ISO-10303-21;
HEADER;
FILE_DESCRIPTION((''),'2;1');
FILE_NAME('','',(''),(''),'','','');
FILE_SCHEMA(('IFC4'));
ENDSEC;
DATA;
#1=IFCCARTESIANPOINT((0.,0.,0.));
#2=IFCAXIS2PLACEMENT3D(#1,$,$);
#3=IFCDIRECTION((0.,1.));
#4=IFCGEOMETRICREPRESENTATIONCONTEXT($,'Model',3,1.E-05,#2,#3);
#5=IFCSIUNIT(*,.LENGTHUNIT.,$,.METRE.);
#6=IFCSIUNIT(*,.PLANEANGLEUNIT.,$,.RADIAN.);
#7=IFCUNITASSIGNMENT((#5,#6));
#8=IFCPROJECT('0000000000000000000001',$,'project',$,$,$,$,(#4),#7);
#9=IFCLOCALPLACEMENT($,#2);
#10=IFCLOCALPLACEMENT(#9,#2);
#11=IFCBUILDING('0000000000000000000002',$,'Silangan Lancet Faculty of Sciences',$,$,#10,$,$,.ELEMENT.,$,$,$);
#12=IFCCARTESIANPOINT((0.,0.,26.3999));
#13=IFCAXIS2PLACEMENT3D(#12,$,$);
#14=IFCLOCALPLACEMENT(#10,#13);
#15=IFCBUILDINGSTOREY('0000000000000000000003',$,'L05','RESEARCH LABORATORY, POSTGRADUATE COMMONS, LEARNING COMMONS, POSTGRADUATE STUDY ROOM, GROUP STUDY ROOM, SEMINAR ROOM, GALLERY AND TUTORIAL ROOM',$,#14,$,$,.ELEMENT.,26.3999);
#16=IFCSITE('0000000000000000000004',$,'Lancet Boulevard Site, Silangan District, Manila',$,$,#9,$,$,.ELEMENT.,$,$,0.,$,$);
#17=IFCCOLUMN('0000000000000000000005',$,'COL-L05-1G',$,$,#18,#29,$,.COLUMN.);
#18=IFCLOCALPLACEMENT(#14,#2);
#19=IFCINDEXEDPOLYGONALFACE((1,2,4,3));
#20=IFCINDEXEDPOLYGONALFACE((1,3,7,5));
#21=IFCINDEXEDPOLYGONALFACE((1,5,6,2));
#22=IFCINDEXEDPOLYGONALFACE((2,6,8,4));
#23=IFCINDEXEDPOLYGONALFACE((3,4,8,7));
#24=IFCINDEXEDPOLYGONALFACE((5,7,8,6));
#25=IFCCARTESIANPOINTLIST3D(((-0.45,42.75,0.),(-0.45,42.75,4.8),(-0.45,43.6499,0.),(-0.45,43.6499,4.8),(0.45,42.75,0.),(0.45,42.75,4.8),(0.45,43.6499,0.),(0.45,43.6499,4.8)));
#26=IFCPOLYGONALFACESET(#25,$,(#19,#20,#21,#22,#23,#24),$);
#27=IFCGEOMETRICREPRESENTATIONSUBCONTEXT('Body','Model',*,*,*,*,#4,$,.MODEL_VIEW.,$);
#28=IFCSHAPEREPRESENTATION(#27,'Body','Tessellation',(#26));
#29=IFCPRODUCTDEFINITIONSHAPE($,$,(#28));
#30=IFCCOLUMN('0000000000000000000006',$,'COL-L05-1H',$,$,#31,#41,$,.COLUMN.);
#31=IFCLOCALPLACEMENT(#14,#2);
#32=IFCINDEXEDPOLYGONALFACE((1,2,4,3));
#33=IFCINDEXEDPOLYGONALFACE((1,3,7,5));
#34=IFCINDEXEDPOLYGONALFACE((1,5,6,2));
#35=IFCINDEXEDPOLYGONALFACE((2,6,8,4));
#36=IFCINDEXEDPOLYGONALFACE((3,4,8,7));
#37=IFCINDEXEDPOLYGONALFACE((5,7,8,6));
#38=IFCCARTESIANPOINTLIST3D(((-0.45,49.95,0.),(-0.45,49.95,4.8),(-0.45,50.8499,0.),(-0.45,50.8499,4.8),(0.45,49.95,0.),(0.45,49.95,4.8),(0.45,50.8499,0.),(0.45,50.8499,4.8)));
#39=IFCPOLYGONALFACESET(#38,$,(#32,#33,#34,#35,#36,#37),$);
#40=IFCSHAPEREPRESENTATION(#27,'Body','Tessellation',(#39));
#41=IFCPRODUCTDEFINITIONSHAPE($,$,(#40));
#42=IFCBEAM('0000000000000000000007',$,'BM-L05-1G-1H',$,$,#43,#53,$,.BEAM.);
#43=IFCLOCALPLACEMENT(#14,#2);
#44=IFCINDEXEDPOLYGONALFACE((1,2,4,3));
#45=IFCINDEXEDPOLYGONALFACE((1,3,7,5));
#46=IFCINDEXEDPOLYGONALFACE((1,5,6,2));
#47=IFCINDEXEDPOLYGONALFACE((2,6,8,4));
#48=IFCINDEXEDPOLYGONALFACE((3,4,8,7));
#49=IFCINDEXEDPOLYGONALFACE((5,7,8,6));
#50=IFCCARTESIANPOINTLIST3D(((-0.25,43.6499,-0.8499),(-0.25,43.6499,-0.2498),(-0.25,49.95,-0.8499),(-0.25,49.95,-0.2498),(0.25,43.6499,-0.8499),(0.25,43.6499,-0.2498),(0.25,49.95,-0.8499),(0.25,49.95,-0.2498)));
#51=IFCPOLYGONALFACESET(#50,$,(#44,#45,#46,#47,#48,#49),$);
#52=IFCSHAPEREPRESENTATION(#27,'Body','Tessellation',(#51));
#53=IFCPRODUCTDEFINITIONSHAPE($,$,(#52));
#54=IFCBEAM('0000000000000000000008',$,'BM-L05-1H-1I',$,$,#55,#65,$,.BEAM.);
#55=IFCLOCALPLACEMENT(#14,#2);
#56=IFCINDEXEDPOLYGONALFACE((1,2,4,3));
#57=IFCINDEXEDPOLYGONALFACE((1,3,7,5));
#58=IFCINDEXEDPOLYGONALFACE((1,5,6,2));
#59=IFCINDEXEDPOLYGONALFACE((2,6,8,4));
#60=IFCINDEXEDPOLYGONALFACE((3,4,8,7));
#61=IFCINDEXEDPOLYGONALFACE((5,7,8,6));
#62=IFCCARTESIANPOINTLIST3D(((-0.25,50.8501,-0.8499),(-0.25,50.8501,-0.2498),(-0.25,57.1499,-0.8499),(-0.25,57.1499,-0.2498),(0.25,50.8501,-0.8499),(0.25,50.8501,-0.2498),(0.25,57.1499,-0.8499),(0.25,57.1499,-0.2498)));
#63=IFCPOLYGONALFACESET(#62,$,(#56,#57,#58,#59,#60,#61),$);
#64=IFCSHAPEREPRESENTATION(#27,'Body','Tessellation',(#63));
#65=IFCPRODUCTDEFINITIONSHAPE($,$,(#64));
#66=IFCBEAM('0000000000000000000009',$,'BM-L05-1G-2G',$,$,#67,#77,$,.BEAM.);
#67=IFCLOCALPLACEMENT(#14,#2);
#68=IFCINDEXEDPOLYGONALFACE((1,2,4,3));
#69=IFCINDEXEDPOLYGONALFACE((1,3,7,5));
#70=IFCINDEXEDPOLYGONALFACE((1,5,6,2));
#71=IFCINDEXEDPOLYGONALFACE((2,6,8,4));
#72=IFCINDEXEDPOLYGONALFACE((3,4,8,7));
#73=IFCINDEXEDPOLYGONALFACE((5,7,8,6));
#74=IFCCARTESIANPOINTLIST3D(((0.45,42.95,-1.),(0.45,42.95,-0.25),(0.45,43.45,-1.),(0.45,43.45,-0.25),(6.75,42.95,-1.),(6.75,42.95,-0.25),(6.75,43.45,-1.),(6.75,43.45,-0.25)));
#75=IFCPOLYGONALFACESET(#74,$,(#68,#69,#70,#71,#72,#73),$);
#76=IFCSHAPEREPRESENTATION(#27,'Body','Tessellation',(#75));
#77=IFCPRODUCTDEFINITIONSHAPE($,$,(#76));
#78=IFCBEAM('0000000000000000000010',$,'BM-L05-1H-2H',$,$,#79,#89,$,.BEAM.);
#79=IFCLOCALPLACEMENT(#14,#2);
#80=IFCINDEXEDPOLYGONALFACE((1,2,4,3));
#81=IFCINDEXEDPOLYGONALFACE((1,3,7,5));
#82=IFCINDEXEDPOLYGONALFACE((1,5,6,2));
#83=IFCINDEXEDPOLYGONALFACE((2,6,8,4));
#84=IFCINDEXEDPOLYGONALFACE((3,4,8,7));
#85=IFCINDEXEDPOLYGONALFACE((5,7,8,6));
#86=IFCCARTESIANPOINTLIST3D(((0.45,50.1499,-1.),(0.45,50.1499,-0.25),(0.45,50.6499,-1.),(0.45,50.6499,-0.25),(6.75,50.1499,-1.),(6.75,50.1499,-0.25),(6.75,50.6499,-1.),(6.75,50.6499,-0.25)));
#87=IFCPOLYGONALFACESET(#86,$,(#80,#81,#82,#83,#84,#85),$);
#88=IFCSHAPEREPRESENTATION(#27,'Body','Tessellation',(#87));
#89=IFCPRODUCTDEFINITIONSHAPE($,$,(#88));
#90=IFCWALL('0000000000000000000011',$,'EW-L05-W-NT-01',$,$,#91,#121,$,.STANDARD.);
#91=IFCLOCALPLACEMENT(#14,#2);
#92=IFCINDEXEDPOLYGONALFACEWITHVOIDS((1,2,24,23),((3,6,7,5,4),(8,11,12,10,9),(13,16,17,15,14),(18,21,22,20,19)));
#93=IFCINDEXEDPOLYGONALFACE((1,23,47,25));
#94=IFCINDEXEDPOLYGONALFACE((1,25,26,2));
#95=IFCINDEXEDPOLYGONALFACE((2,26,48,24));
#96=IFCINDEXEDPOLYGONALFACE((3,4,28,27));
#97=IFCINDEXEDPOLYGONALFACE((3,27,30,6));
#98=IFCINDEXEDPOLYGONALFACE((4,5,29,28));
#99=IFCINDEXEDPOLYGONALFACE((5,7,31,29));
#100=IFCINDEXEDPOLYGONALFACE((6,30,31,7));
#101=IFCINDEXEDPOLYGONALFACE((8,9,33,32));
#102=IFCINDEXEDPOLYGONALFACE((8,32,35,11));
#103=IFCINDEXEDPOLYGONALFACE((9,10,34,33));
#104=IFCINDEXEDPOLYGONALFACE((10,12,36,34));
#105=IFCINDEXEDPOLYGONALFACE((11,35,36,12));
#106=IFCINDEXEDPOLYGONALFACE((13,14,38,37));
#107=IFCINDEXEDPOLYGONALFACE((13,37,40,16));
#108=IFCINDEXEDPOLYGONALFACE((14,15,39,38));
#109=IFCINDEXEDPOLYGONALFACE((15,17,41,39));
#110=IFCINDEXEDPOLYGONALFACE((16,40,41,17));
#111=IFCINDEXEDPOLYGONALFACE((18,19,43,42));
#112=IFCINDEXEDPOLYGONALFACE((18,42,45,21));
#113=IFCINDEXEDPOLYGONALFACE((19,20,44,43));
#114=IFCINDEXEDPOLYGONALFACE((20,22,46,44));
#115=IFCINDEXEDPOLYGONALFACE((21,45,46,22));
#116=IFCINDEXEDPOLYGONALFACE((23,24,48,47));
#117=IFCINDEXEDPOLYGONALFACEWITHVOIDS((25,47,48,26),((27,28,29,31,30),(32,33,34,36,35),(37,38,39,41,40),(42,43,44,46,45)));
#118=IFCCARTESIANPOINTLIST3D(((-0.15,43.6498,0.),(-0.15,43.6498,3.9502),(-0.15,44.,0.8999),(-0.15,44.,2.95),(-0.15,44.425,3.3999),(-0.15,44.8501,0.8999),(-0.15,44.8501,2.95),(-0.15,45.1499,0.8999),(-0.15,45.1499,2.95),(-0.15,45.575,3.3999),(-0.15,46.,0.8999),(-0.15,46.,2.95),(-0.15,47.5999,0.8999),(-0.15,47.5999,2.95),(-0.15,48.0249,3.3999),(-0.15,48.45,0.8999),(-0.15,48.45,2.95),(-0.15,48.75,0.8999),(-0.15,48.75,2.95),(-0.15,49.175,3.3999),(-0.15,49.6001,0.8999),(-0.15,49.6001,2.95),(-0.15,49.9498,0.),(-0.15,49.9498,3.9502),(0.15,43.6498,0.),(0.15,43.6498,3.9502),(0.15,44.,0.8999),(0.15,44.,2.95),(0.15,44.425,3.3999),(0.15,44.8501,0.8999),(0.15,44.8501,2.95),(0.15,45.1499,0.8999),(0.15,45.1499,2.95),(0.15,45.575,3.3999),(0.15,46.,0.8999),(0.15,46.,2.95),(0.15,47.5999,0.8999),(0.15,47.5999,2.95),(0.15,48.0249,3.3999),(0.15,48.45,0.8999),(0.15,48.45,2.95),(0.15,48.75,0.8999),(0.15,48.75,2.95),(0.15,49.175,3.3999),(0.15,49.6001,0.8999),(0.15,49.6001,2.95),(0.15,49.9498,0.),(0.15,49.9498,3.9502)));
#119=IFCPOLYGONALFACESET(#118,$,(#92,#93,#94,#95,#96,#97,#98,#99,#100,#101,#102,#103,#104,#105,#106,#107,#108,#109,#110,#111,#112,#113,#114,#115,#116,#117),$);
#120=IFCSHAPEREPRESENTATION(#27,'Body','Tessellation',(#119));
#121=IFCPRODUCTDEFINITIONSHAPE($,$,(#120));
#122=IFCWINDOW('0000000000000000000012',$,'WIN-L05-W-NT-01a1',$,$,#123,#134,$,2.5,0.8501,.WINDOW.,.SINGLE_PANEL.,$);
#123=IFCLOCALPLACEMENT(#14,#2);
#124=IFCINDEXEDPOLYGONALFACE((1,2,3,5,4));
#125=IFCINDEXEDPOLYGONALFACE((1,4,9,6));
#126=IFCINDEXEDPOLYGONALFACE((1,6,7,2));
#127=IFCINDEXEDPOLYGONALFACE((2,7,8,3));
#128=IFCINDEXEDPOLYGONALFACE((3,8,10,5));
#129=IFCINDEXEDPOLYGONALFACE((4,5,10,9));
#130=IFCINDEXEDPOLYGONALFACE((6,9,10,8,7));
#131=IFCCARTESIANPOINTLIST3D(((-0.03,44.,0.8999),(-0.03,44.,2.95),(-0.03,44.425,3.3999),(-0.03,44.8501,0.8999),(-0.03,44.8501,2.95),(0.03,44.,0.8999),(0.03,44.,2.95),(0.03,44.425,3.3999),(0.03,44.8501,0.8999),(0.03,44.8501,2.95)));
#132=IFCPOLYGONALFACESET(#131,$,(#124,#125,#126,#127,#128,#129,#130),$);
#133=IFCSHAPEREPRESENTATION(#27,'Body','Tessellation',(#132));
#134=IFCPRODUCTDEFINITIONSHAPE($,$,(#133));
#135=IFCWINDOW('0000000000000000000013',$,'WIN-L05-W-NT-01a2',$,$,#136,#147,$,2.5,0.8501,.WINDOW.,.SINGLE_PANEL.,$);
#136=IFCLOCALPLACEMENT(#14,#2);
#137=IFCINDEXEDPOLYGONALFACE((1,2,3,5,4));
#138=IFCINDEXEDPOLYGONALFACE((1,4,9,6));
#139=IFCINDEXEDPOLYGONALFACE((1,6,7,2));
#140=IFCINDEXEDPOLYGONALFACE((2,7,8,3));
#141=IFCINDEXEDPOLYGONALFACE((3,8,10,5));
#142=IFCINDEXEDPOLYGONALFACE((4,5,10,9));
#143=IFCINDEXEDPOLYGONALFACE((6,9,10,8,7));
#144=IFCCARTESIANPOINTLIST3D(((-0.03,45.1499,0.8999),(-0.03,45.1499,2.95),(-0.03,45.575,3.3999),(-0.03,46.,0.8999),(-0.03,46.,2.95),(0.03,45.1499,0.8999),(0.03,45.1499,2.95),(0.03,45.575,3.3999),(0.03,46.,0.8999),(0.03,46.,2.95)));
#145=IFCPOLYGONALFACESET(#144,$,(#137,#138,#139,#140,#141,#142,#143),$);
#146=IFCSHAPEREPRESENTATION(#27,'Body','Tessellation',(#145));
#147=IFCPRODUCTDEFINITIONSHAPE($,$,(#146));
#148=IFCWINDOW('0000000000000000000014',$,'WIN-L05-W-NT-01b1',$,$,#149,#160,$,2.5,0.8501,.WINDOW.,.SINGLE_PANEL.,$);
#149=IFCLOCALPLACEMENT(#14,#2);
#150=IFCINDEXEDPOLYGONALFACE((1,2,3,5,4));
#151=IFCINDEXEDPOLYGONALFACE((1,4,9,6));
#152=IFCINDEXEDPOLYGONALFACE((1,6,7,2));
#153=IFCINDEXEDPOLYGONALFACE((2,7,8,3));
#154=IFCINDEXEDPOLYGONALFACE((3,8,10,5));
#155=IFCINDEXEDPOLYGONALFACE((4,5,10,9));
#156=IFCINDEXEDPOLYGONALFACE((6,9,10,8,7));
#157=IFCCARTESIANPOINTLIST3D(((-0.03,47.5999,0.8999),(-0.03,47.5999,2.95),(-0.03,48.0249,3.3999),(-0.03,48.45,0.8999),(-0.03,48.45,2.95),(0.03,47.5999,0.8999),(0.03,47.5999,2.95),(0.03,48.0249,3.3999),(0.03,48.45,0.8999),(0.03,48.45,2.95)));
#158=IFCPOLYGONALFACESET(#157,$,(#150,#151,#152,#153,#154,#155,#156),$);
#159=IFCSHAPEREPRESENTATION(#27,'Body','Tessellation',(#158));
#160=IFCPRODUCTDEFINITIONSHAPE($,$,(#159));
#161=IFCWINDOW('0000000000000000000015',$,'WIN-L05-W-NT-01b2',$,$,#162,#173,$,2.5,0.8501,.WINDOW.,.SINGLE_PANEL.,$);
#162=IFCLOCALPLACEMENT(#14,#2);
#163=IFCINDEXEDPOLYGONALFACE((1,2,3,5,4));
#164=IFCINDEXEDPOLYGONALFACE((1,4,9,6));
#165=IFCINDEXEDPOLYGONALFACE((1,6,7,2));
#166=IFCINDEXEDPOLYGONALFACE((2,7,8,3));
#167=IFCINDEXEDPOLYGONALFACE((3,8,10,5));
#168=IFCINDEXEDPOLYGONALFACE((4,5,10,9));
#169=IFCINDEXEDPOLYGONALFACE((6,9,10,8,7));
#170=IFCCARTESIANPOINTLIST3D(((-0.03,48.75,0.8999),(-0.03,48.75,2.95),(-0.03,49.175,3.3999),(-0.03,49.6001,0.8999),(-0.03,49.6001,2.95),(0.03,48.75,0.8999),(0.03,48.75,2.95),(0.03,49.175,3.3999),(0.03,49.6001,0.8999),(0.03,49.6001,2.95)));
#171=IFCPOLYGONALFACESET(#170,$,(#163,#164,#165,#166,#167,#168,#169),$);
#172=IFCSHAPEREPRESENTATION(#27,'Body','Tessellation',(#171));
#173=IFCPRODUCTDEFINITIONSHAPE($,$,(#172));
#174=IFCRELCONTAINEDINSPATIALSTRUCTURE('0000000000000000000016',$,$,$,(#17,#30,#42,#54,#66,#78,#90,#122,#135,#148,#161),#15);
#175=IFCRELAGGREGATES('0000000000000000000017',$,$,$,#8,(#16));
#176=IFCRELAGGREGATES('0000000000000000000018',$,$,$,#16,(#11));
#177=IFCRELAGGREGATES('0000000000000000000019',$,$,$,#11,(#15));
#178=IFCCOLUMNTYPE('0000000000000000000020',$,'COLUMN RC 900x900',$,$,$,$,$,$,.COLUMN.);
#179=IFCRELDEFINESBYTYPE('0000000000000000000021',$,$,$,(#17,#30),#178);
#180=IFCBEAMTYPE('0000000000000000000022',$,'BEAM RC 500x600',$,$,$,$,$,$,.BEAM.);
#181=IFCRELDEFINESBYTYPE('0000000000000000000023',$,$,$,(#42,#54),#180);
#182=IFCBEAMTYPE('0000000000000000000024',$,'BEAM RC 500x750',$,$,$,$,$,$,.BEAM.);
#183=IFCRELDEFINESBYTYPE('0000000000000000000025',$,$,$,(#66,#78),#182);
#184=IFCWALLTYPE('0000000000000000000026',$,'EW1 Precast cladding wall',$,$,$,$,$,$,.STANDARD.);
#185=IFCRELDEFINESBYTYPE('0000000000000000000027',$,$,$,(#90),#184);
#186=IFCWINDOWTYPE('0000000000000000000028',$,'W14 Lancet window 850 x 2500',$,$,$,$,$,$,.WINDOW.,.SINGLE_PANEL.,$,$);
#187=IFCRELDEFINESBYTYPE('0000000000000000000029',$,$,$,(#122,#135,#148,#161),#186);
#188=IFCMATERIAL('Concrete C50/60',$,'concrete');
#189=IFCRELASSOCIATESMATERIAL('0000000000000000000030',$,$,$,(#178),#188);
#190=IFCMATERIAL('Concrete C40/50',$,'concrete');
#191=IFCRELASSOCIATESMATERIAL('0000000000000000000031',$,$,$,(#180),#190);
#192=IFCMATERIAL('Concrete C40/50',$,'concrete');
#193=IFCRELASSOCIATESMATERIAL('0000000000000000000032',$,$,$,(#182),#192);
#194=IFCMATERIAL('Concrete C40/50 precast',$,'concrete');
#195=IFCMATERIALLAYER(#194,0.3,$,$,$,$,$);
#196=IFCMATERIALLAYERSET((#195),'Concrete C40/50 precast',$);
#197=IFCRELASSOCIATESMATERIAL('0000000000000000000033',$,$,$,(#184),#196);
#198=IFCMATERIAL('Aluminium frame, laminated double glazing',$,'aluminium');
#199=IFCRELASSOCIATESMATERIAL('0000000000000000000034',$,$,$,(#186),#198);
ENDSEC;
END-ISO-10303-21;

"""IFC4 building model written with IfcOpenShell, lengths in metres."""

from ifc_helpers import new_model, si_unit, direction, frame, frame_2d, origin, origin_2d, place, context, subcontext, project, spatial, polyline, rectangle, outline, extrude, material, layer, layer_set, material_profile, profile_set, type_object, element, fill, save


model = new_model("IFC4")

# Units and contexts
model_context = context("Model", 3, precision=1e-05, world=origin(), true_north=direction((0.0, 1.0)))
body_context = subcontext(model_context, "Body", "Model", "MODEL_VIEW")
ifc_project = project(units=[si_unit("LENGTHUNIT", "METRE"), si_unit("PLANEANGLEUNIT", "RADIAN")], contexts=[model_context])

# Site, building, storey
site_placement = place(None, origin())
site = spatial("IfcSite", under=ifc_project, at=site_placement, Name="Lancet Boulevard Site, Silangan District, Manila", CompositionType="ELEMENT", RefElevation=0.0)
building_placement = place(site_placement, origin())
building = spatial("IfcBuilding", under=site, at=building_placement, Name="Silangan Lancet Faculty of Sciences", CompositionType="ELEMENT")
storey_placement = place(building_placement, frame((0.0, 0.0, 26.3999)))
storey = spatial("IfcBuildingStorey", under=building, at=storey_placement, Name="L05", Description="RESEARCH LABORATORY, POSTGRADUATE COMMONS, LEARNING COMMONS, POSTGRADUATE STUDY ROOM, GROUP STUDY ROOM, SEMINAR ROOM, GALLERY AND TUTORIAL ROOM", CompositionType="ELEMENT", Elevation=26.3999)

# Columns
ifc_material_1 = material(Name="Concrete C50/60", Category="concrete")
ifc_material_profile_1 = material_profile(ifc_material_1, rectangle(XDim=0.8999, YDim=0.8999, at=origin_2d()), Name="RC 900x900")
ifc_profile_set_1 = profile_set([ifc_material_profile_1], Name="Concrete C50/60")
column_type = type_object("IfcColumnType", Name="COLUMN RC 900x900", PredefinedType="COLUMN", material=ifc_profile_set_1)
for number, where, z_axis, x_axis, name in (
    (1, (0.0, 43.2, 0.0), (0.0, 0.0, 1.0), (1.0, 0.0, 0.0), "COL-L05-1G"),
    (2, (0.0, 50.3999, 0.0), (0.0, 0.0, 1.0), (1.0, 0.0, 0.0), "COL-L05-1H"),
):
    element("IfcColumn", number, at=place(storey_placement, frame(where, z_axis=z_axis, x_axis=x_axis)), inside=storey, type_object=column_type, Name=name, PredefinedType="COLUMN", context=body_context, shape_type="SweptSolid", body=[
        extrude(rectangle(XDim=0.8999, YDim=0.8999, at=origin_2d()), origin(), (0.0, 0.0, 1.0), 4.8),
    ])

# Beams
ifc_material_2 = material(Name="Concrete C40/50", Category="concrete")
ifc_material_profile_2 = material_profile(ifc_material_2, rectangle(XDim=0.5, YDim=0.6001, at=origin_2d()), Name="RC 500x600")
ifc_profile_set_2 = profile_set([ifc_material_profile_2], Name="Concrete C40/50")
beam_type_1 = type_object("IfcBeamType", Name="BEAM RC 500x600", PredefinedType="BEAM", material=ifc_profile_set_2)
beam_1_placement = place(storey_placement, frame((0.0, 43.6499, -0.5498), z_axis=(0.0, 1.0, 0.0), x_axis=(-1.0, 0.0, 0.0)))
element("IfcBeam", 3, at=beam_1_placement, inside=storey, type_object=beam_type_1, Name="BM-L05-1G-1H", PredefinedType="BEAM", context=body_context, shape_type="SweptSolid", body=[
    extrude(rectangle(XDim=0.5, YDim=0.6001, at=origin_2d()), origin(), (0.0, 0.0, 1.0), 6.3),
])
beam_2_placement = place(storey_placement, frame((0.0, 50.8501, -0.5498), z_axis=(0.0, 1.0, 0.0), x_axis=(-1.0, 0.0, 0.0)))
element("IfcBeam", 4, at=beam_2_placement, inside=storey, type_object=beam_type_1, Name="BM-L05-1H-1I", PredefinedType="BEAM", context=body_context, shape_type="SweptSolid", body=[
    extrude(rectangle(XDim=0.5, YDim=0.6001, at=origin_2d()), origin(), (0.0, 0.0, 1.0), 6.2998),
])
ifc_material_3 = material(Name="Concrete C40/50", Category="concrete")
ifc_material_profile_3 = material_profile(ifc_material_3, rectangle(XDim=0.5, YDim=0.75, at=origin_2d()), Name="RC 500x750")
ifc_profile_set_3 = profile_set([ifc_material_profile_3], Name="Concrete C40/50")
beam_type_2 = type_object("IfcBeamType", Name="BEAM RC 500x750", PredefinedType="BEAM", material=ifc_profile_set_3)
for number, where, z_axis, x_axis, name in (
    (5, (0.45, 43.2, -0.625), (1.0, 0.0, 0.0), (0.0, 1.0, 0.0), "BM-L05-1G-2G"),
    (6, (0.45, 50.3999, -0.625), (1.0, 0.0, 0.0), (0.0, 1.0, 0.0), "BM-L05-1H-2H"),
):
    element("IfcBeam", number, at=place(storey_placement, frame(where, z_axis=z_axis, x_axis=x_axis)), inside=storey, type_object=beam_type_2, Name=name, PredefinedType="BEAM", context=body_context, shape_type="SweptSolid", body=[
        extrude(rectangle(XDim=0.5, YDim=0.75, at=origin_2d()), origin(), (0.0, 0.0, 1.0), 6.3),
    ])

# Wall, openings, windows
ifc_material_4 = material(Name="Concrete C40/50 precast", Category="concrete")
ifc_layer_1 = layer(ifc_material_4, 0.3)
ifc_layer_set_1 = layer_set([ifc_layer_1], Name="Concrete C40/50 precast")
wall_type_1 = type_object("IfcWallType", Name="EW1 Precast cladding wall", PredefinedType="STANDARD", material=ifc_layer_set_1)
wall_1_placement = place(storey_placement, frame((0.0, 43.6499, 0.0), z_axis=(0.0, 0.0, 1.0), x_axis=(0.0, 1.0, 0.0)))
wall_1 = element("IfcWall", 7, at=wall_1_placement, inside=storey, type_object=wall_type_1, Name="EW-L05-W-NT-01", PredefinedType="STANDARD", context=body_context, shape_type="SweptSolid", body=[
    extrude(rectangle(XDim=6.3, YDim=0.3, at=frame_2d((3.1499, 0.0))), origin(), (0.0, 0.0, 1.0), 3.9502),
])
opening_1_placement = place(wall_1_placement, frame((0.3501, 0.0, 0.8999)))
opening_1 = element("IfcOpeningElement", 8, at=opening_1_placement, cuts=wall_1, PredefinedType="OPENING", context=body_context, shape_type="SweptSolid", body=[
    extrude(outline(polyline([(0.0, 0.0), (0.8501, 0.0), (0.8501, 2.05), (0.425, 2.5), (0.0, 2.05), (0.0, 0.0)])), frame((0.0, 0.1599, 0.0), z_axis=(0.0, -1.0, 0.0), x_axis=(1.0, 0.0, 0.0)), (0.0, 0.0, 1.0), 0.3201),
])
opening_2_placement = place(wall_1_placement, frame((1.5, 0.0, 0.8999)))
opening_2 = element("IfcOpeningElement", 9, at=opening_2_placement, cuts=wall_1, PredefinedType="OPENING", context=body_context, shape_type="SweptSolid", body=[
    extrude(outline(polyline([(0.0, 0.0), (0.8501, 0.0), (0.8501, 2.05), (0.425, 2.5), (0.0, 2.05), (0.0, 0.0)])), frame((0.0, 0.1599, 0.0), z_axis=(0.0, -1.0, 0.0), x_axis=(1.0, 0.0, 0.0)), (0.0, 0.0, 1.0), 0.3201),
])
opening_3_placement = place(wall_1_placement, frame((3.95, 0.0, 0.8999)))
opening_3 = element("IfcOpeningElement", 10, at=opening_3_placement, cuts=wall_1, PredefinedType="OPENING", context=body_context, shape_type="SweptSolid", body=[
    extrude(outline(polyline([(0.0, 0.0), (0.8501, 0.0), (0.8501, 2.05), (0.425, 2.5), (0.0, 2.05), (0.0, 0.0)])), frame((0.0, 0.1599, 0.0), z_axis=(0.0, -1.0, 0.0), x_axis=(1.0, 0.0, 0.0)), (0.0, 0.0, 1.0), 0.3201),
])
opening_4_placement = place(wall_1_placement, frame((5.1001, 0.0, 0.8999)))
opening_4 = element("IfcOpeningElement", 11, at=opening_4_placement, cuts=wall_1, PredefinedType="OPENING", context=body_context, shape_type="SweptSolid", body=[
    extrude(outline(polyline([(0.0, 0.0), (0.8501, 0.0), (0.8501, 2.05), (0.425, 2.5), (0.0, 2.05), (0.0, 0.0)])), frame((0.0, 0.1599, 0.0), z_axis=(0.0, -1.0, 0.0), x_axis=(1.0, 0.0, 0.0)), (0.0, 0.0, 1.0), 0.3201),
])
ifc_material_5 = material(Name="Aluminium frame, laminated double glazing", Category="aluminium")
window_type_1 = type_object("IfcWindowType", Name="W14 Lancet window 850 x 2500", PartitioningType="SINGLE_PANEL", PredefinedType="WINDOW", material=ifc_material_5)
window_1_placement = place(opening_1_placement, origin())
window_1 = element("IfcWindow", 12, at=window_1_placement, inside=storey, type_object=window_type_1, Name="WIN-L05-W-NT-01a1", OverallHeight=2.5, OverallWidth=0.8501, PartitioningType="SINGLE_PANEL", PredefinedType="WINDOW", context=body_context, shape_type="SweptSolid", body=[
    extrude(outline(polyline([(0.0, 0.0), (0.8501, 0.0), (0.8501, 2.05), (0.425, 2.5), (0.0, 2.05), (0.0, 0.0)])), frame((0.0, 0.03, 0.0), z_axis=(0.0, -1.0, 0.0), x_axis=(1.0, 0.0, 0.0)), (0.0, 0.0, 1.0), 0.0601),
])
fill(opening_1, window_1)
window_2_placement = place(opening_2_placement, origin())
window_2 = element("IfcWindow", 13, at=window_2_placement, inside=storey, type_object=window_type_1, Name="WIN-L05-W-NT-01a2", OverallHeight=2.5, OverallWidth=0.8501, PartitioningType="SINGLE_PANEL", PredefinedType="WINDOW", context=body_context, shape_type="SweptSolid", body=[
    extrude(outline(polyline([(0.0, 0.0), (0.8501, 0.0), (0.8501, 2.05), (0.425, 2.5), (0.0, 2.05), (0.0, 0.0)])), frame((0.0, 0.03, 0.0), z_axis=(0.0, -1.0, 0.0), x_axis=(1.0, 0.0, 0.0)), (0.0, 0.0, 1.0), 0.0601),
])
fill(opening_2, window_2)
window_3_placement = place(opening_3_placement, origin())
window_3 = element("IfcWindow", 14, at=window_3_placement, inside=storey, type_object=window_type_1, Name="WIN-L05-W-NT-01b1", OverallHeight=2.5, OverallWidth=0.8501, PartitioningType="SINGLE_PANEL", PredefinedType="WINDOW", context=body_context, shape_type="SweptSolid", body=[
    extrude(outline(polyline([(0.0, 0.0), (0.8501, 0.0), (0.8501, 2.05), (0.425, 2.5), (0.0, 2.05), (0.0, 0.0)])), frame((0.0, 0.03, 0.0), z_axis=(0.0, -1.0, 0.0), x_axis=(1.0, 0.0, 0.0)), (0.0, 0.0, 1.0), 0.0601),
])
fill(opening_3, window_3)
window_4_placement = place(opening_4_placement, origin())
window_4 = element("IfcWindow", 15, at=window_4_placement, inside=storey, type_object=window_type_1, Name="WIN-L05-W-NT-01b2", OverallHeight=2.5, OverallWidth=0.8501, PartitioningType="SINGLE_PANEL", PredefinedType="WINDOW", context=body_context, shape_type="SweptSolid", body=[
    extrude(outline(polyline([(0.0, 0.0), (0.8501, 0.0), (0.8501, 2.05), (0.425, 2.5), (0.0, 2.05), (0.0, 0.0)])), frame((0.0, 0.03, 0.0), z_axis=(0.0, -1.0, 0.0), x_axis=(1.0, 0.0, 0.0)), (0.0, 0.0, 1.0), 0.0601),
])
fill(opening_4, window_4)

save(model, "model.ifc")
